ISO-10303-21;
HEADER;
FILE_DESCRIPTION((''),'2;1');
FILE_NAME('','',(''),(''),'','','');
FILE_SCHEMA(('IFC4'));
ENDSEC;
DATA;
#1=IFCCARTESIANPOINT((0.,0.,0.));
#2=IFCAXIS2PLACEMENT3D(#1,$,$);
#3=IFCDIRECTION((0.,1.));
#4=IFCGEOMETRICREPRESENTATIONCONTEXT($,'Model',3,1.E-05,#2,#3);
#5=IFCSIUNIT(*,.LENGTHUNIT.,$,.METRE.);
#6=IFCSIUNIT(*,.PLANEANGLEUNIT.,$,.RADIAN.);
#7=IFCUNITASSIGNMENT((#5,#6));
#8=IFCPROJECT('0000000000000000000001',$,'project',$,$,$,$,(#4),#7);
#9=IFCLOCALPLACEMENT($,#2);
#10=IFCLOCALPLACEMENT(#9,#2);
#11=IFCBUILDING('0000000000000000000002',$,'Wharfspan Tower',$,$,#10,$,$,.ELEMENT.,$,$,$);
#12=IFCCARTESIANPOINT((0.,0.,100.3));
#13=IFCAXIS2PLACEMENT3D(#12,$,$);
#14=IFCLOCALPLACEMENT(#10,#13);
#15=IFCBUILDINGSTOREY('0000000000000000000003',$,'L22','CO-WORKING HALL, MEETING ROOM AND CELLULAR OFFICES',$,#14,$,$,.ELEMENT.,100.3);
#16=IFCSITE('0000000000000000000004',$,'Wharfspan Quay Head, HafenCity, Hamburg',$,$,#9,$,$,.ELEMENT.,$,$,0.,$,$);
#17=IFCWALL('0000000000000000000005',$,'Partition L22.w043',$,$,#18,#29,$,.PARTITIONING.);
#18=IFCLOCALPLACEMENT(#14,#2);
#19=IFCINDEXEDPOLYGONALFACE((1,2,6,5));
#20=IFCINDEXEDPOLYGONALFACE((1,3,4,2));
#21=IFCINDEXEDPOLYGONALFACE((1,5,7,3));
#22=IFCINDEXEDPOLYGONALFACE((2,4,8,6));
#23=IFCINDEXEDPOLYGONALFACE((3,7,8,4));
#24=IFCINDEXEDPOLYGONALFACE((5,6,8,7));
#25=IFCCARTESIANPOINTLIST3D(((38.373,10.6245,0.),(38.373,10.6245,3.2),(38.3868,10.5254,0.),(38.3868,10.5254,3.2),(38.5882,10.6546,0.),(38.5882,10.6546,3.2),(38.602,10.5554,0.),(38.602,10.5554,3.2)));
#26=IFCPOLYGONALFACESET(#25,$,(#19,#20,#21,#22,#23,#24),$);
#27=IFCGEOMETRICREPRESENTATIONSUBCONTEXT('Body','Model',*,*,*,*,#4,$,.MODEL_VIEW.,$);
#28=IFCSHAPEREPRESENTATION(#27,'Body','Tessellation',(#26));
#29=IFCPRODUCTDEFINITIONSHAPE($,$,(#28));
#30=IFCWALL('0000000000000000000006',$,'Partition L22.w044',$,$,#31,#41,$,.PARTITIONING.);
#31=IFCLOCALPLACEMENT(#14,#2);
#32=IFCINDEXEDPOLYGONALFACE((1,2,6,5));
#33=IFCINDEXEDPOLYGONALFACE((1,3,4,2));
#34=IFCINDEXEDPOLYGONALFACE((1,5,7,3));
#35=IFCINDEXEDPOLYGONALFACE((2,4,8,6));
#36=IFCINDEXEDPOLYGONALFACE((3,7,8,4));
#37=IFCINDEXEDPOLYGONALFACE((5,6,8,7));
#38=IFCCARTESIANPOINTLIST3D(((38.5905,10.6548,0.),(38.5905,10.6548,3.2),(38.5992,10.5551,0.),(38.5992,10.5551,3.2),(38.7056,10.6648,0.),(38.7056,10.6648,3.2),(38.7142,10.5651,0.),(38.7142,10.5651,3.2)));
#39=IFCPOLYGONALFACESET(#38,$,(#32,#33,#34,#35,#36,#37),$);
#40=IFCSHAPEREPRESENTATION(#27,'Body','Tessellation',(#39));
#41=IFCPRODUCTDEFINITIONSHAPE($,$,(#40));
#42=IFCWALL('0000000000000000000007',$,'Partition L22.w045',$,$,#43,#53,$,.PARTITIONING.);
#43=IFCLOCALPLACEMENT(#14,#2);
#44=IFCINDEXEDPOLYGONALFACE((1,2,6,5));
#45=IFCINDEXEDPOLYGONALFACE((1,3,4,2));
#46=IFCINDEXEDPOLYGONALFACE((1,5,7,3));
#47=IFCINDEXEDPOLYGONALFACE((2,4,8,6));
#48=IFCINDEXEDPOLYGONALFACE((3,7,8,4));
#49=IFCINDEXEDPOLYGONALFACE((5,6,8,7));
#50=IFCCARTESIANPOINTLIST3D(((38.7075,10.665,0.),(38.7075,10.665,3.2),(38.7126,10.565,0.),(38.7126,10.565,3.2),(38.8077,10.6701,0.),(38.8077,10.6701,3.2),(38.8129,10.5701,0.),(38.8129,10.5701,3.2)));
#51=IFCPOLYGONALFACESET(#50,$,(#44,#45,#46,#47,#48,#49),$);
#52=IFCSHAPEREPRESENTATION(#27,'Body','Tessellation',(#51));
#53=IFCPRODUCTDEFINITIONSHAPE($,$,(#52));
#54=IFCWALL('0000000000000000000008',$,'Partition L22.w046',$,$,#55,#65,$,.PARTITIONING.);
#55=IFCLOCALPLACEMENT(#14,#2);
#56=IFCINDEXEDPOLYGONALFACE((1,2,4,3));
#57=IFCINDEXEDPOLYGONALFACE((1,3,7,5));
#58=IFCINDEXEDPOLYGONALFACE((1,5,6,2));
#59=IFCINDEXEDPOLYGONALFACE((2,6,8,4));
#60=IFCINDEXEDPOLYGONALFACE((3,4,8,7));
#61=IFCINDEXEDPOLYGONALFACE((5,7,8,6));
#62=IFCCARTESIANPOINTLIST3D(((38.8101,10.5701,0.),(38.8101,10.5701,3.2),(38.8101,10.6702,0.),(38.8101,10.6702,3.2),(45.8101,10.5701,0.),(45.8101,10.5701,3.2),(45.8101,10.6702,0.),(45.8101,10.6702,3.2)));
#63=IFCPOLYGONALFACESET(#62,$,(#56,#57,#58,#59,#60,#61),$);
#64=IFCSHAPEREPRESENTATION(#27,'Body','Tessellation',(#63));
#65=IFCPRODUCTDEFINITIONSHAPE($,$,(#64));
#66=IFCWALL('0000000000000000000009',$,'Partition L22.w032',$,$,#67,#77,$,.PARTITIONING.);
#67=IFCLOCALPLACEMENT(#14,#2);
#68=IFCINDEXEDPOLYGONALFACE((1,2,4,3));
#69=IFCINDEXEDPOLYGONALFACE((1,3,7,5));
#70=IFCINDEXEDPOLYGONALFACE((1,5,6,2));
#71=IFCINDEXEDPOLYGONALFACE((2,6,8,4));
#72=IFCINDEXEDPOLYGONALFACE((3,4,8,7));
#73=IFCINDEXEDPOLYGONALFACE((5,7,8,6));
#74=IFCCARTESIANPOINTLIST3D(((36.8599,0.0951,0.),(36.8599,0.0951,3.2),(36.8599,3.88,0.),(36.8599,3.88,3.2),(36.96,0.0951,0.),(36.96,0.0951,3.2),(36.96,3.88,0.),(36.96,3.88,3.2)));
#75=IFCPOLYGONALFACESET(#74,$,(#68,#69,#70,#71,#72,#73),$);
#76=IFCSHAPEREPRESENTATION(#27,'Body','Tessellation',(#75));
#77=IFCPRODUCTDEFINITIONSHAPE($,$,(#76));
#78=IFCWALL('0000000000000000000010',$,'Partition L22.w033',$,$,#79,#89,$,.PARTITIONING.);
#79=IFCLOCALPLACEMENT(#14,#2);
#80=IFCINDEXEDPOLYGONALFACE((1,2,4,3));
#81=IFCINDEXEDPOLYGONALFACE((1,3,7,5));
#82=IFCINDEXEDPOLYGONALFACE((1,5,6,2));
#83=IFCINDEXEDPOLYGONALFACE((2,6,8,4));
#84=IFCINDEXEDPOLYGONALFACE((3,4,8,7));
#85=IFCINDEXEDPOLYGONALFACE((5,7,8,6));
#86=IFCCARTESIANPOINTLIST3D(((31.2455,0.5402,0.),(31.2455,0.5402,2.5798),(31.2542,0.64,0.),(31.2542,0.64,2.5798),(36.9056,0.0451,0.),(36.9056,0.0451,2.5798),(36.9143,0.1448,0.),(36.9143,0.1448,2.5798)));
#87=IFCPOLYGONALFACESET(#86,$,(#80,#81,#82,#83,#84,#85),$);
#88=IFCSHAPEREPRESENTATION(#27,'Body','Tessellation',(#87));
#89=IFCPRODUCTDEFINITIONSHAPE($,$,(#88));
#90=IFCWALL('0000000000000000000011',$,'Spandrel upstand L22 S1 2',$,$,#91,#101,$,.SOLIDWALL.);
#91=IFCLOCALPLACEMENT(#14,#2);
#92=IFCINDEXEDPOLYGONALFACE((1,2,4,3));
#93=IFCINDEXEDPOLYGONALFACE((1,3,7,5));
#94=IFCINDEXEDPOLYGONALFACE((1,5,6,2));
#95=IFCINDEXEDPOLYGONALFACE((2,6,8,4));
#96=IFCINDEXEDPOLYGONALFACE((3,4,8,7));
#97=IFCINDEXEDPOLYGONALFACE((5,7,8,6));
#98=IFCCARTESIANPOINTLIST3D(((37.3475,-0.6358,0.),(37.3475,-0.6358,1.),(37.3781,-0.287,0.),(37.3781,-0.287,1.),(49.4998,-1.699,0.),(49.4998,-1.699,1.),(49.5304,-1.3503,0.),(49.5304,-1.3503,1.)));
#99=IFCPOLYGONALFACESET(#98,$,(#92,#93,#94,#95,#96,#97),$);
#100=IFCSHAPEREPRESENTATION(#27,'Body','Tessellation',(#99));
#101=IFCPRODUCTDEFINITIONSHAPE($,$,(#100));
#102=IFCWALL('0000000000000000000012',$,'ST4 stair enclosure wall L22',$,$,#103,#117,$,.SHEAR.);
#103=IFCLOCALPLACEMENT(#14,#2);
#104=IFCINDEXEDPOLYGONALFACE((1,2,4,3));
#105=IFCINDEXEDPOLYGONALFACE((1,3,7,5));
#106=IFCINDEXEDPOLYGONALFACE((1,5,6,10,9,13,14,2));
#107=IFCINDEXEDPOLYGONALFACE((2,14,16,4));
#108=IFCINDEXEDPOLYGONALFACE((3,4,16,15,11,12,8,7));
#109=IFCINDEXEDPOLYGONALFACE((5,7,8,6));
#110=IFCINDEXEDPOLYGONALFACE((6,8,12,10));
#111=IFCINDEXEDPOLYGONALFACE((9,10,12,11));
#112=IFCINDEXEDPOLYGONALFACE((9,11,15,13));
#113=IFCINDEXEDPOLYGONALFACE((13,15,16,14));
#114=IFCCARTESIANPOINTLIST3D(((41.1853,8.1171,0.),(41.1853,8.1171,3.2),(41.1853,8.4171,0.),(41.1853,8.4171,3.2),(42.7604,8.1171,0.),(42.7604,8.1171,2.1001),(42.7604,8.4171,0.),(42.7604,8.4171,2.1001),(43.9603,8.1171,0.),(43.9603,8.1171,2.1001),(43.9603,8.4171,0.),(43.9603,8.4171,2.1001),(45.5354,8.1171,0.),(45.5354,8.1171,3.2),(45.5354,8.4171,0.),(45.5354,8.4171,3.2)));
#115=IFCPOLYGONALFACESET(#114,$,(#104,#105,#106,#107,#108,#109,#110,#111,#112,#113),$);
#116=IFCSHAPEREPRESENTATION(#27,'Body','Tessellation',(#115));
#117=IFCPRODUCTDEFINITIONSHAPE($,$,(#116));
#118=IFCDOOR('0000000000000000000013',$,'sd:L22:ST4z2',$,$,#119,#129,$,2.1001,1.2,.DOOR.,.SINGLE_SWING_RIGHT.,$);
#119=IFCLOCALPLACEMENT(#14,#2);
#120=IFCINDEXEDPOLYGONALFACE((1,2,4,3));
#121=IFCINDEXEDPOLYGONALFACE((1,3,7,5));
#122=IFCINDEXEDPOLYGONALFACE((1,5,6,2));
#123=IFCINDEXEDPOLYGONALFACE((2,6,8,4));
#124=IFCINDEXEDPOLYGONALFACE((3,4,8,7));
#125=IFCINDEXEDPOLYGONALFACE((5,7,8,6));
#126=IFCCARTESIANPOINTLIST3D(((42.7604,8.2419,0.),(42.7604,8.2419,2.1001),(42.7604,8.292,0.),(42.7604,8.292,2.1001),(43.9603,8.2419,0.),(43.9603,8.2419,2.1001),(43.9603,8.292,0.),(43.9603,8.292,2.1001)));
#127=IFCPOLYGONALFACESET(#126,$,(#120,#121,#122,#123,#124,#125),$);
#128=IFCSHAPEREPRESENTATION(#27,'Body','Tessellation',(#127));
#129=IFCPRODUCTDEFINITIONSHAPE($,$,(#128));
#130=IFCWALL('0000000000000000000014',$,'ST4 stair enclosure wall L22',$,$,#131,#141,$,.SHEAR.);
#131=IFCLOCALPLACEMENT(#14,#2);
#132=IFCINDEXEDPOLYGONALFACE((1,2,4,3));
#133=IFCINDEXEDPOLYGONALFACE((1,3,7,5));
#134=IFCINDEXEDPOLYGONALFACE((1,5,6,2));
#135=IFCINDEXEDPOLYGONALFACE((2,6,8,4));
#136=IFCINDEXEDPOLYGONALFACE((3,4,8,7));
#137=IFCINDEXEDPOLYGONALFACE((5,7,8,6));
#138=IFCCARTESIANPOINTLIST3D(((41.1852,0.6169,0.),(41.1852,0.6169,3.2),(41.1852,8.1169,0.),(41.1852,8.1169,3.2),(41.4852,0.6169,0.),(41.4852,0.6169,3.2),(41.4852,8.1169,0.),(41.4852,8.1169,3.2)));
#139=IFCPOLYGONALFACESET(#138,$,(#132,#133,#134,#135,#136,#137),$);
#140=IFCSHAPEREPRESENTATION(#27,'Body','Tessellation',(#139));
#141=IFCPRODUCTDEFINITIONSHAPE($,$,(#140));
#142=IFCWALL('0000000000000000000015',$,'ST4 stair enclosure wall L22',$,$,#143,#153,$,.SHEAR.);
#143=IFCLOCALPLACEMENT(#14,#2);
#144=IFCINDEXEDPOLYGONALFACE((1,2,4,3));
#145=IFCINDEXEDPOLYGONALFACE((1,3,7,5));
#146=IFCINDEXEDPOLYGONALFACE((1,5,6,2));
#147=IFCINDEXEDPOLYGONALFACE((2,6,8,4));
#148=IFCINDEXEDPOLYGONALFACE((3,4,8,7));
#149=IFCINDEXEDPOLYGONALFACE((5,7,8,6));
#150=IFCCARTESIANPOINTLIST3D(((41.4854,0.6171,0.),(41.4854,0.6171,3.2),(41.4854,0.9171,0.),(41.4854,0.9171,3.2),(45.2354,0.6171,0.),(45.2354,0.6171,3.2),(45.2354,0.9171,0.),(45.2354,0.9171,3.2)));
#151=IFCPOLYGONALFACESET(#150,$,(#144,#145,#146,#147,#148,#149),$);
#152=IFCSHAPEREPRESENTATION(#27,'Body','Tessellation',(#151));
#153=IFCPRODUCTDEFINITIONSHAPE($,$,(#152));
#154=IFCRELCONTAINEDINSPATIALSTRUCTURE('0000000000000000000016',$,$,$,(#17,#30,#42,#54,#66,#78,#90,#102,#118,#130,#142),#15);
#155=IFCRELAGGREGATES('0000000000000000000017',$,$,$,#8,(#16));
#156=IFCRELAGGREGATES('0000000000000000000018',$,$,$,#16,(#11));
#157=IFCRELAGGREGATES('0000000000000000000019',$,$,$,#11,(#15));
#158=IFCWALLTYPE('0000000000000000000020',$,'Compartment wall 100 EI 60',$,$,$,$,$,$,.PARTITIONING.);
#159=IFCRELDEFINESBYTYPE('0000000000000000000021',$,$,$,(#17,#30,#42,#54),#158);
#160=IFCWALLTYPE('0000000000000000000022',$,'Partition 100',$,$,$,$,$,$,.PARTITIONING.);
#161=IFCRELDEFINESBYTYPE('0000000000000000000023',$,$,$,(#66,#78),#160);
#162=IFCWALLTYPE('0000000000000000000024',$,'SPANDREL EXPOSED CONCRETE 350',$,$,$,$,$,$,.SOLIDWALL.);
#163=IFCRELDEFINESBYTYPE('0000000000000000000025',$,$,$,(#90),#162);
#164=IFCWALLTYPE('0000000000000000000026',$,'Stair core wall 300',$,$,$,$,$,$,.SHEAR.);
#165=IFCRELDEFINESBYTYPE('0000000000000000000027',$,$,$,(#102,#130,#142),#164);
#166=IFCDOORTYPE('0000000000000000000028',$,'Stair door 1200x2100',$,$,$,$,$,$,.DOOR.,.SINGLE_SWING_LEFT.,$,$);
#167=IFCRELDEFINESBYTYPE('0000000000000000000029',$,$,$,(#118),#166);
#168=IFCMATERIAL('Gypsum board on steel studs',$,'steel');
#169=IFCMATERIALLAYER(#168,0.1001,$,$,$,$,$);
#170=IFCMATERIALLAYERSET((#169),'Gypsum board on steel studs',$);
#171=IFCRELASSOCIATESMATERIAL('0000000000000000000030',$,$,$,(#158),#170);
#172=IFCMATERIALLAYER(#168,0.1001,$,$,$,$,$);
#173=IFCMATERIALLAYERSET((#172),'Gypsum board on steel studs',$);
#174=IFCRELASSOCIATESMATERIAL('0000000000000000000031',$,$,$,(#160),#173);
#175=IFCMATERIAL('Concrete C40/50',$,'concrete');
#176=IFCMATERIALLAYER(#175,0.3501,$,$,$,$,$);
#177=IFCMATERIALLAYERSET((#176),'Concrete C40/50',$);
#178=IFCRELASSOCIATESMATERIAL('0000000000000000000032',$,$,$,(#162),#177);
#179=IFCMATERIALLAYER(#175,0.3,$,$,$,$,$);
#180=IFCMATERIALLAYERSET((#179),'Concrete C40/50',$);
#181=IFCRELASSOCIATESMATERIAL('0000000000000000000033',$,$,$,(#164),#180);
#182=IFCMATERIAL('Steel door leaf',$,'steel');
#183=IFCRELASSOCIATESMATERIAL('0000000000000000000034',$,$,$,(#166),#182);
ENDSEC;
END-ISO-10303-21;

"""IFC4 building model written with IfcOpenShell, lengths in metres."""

from ifc_helpers import new_model, si_unit, direction, frame, frame_2d, origin, place, context, subcontext, project, spatial, rectangle, extrude, material, layer, layer_set, type_object, element, fill, save


model = new_model("IFC4")

# Units and contexts
model_context = context("Model", 3, precision=1e-05, world=origin(), true_north=direction((0.0, 1.0)))
body_context = subcontext(model_context, "Body", "Model", "MODEL_VIEW")
ifc_project = project(units=[si_unit("LENGTHUNIT", "METRE"), si_unit("PLANEANGLEUNIT", "RADIAN")], contexts=[model_context])

# Site, building, storey
site_placement = place(None, origin())
site = spatial("IfcSite", under=ifc_project, at=site_placement, Name="Wharfspan Quay Head, HafenCity, Hamburg", CompositionType="ELEMENT", RefElevation=0.0)
building_placement = place(site_placement, origin())
building = spatial("IfcBuilding", under=site, at=building_placement, Name="Wharfspan Tower", CompositionType="ELEMENT")
storey_placement = place(building_placement, frame((0.0, 0.0, 100.3)))
storey = spatial("IfcBuildingStorey", under=building, at=storey_placement, Name="L22", Description="CO-WORKING HALL, MEETING ROOM AND CELLULAR OFFICES", CompositionType="ELEMENT", Elevation=100.3)

# Walls
ifc_material_1 = material(Name="Gypsum board on steel studs", Category="steel")
ifc_layer_1 = layer(ifc_material_1, 0.1001)
ifc_layer_set_1 = layer_set([ifc_layer_1], Name="Gypsum board on steel studs")
wall_type_1 = type_object("IfcWallType", Name="Compartment wall 100 EI 60", PredefinedType="PARTITIONING", material=ifc_layer_set_1)
wall_1_placement = place(storey_placement, frame((38.3799, 10.575, 0.0), z_axis=(0.0, 0.0, 1.0), x_axis=(0.990394, 0.138273, 0.0)))
element("IfcWall", 1, at=wall_1_placement, inside=storey, type_object=wall_type_1, Name="Partition L22.w043", PredefinedType="PARTITIONING", context=body_context, shape_type="SweptSolid", body=[
    extrude(rectangle(XDim=0.2173, YDim=0.1001, at=frame_2d((0.1086, 0.0))), origin(), (0.0, 0.0, 1.0), 3.2),
])
wall_2_placement = place(storey_placement, frame((38.595, 10.605, 0.0), z_axis=(0.0, 0.0, 1.0), x_axis=(0.996234, 0.086721, 0.0)))
element("IfcWall", 2, at=wall_2_placement, inside=storey, type_object=wall_type_1, Name="Partition L22.w044", PredefinedType="PARTITIONING", context=body_context, shape_type="SweptSolid", body=[
    extrude(rectangle(XDim=0.1155, YDim=0.1001, at=frame_2d((0.0576, 0.0))), origin(), (0.0, 0.0, 1.0), 3.2),
])
wall_3_placement = place(storey_placement, frame((38.71, 10.615, 0.0), z_axis=(0.0, 0.0, 1.0), x_axis=(0.998687, 0.051152, 0.0)))
element("IfcWall", 3, at=wall_3_placement, inside=storey, type_object=wall_type_1, Name="Partition L22.w045", PredefinedType="PARTITIONING", context=body_context, shape_type="SweptSolid", body=[
    extrude(rectangle(XDim=0.1003, YDim=0.1001, at=frame_2d((0.0503, 0.0))), origin(), (0.0, 0.0, 1.0), 3.2),
])
wall_4_placement = place(storey_placement, frame((38.8101, 10.6201, 0.0), z_axis=(0.0, 0.0, 1.0), x_axis=(1.0, 0.0, 0.0)))
element("IfcWall", 4, at=wall_4_placement, inside=storey, type_object=wall_type_1, Name="Partition L22.w046", PredefinedType="PARTITIONING", context=body_context, shape_type="SweptSolid", body=[
    extrude(rectangle(XDim=7.0, YDim=0.1001, at=frame_2d((3.5, 0.0))), origin(), (0.0, 0.0, 1.0), 3.2),
])
ifc_layer_2 = layer(ifc_material_1, 0.1001)
ifc_layer_set_2 = layer_set([ifc_layer_2], Name="Gypsum board on steel studs")
wall_type_2 = type_object("IfcWallType", Name="Partition 100", PredefinedType="PARTITIONING", material=ifc_layer_set_2)
wall_5_placement = place(storey_placement, frame((36.9099, 0.095, 0.0), z_axis=(0.0, 0.0, 1.0), x_axis=(0.0, 1.0, 0.0)))
element("IfcWall", 5, at=wall_5_placement, inside=storey, type_object=wall_type_2, Name="Partition L22.w032", PredefinedType="PARTITIONING", context=body_context, shape_type="SweptSolid", body=[
    extrude(rectangle(XDim=3.7849, YDim=0.1001, at=frame_2d((1.8926, 0.0))), origin(), (0.0, 0.0, 1.0), 3.2),
])
wall_6_placement = place(storey_placement, frame((36.9099, 0.095, 0.0), z_axis=(0.0, 0.0, 1.0), x_axis=(-0.996195, 0.087145, 0.0)))
element("IfcWall", 6, at=wall_6_placement, inside=storey, type_object=wall_type_2, Name="Partition L22.w033", PredefinedType="PARTITIONING", context=body_context, shape_type="SweptSolid", body=[
    extrude(rectangle(XDim=5.6816, YDim=0.1001, at=frame_2d((2.8408, 0.0))), origin(), (0.0, 0.0, 1.0), 2.5798),
])
ifc_material_2 = material(Name="Concrete C40/50", Category="concrete")
ifc_layer_3 = layer(ifc_material_2, 0.3501)
ifc_layer_set_3 = layer_set([ifc_layer_3], Name="Concrete C40/50")
wall_type_3 = type_object("IfcWallType", Name="SPANDREL EXPOSED CONCRETE 350", PredefinedType="SOLIDWALL", material=ifc_layer_set_3)
wall_7_placement = place(storey_placement, frame((37.3628, -0.4614, 0.0), z_axis=(0.0, 0.0, 1.0), x_axis=(0.996194, -0.087159, 0.0)))
element("IfcWall", 7, at=wall_7_placement, inside=storey, type_object=wall_type_3, Name="Spandrel upstand L22 S1 2", PredefinedType="SOLIDWALL", context=body_context, shape_type="SweptSolid", body=[
    extrude(rectangle(XDim=12.1987, YDim=0.3501, at=frame_2d((6.0994, 0.0))), origin(), (0.0, 0.0, 1.0), 1.0),
])

# Wall, opening, door
ifc_layer_4 = layer(ifc_material_2, 0.3)
ifc_layer_set_4 = layer_set([ifc_layer_4], Name="Concrete C40/50")
wall_type_4 = type_object("IfcWallType", Name="Stair core wall 300", PredefinedType="SHEAR", material=ifc_layer_set_4)
wall_8_placement = place(storey_placement, frame((41.1853, 8.2671, 0.0), z_axis=(0.0, 0.0, 1.0), x_axis=(1.0, 0.0, 0.0)))
wall_8 = element("IfcWall", 8, at=wall_8_placement, inside=storey, type_object=wall_type_4, Name="ST4 stair enclosure wall L22", PredefinedType="SHEAR", context=body_context, shape_type="SweptSolid", body=[
    extrude(rectangle(XDim=4.3501, YDim=0.3, at=frame_2d((2.175, 0.0))), origin(), (0.0, 0.0, 1.0), 3.2),
])
opening_placement = place(wall_8_placement, frame((1.575, 0.0, 0.0)))
opening = element("IfcOpeningElement", 9, at=opening_placement, cuts=wall_8, PredefinedType="OPENING", context=body_context, shape_type="SweptSolid", body=[
    extrude(rectangle(XDim=1.2, YDim=2.1001, at=frame_2d((0.6001, 1.05))), frame((0.0, 0.1599, 0.0), z_axis=(0.0, -1.0, 0.0), x_axis=(1.0, 0.0, 0.0)), (0.0, 0.0, 1.0), 0.3201),
])
ifc_material_3 = material(Name="Steel door leaf", Category="steel")
door_type = type_object("IfcDoorType", Name="Stair door 1200x2100", OperationType="SINGLE_SWING_LEFT", PredefinedType="DOOR", material=ifc_material_3)
door_placement = place(opening_placement, origin())
door = element("IfcDoor", 10, at=door_placement, inside=storey, type_object=door_type, Name="sd:L22:ST4z2", OperationType="SINGLE_SWING_RIGHT", OverallHeight=2.1001, OverallWidth=1.2, PredefinedType="DOOR", context=body_context, shape_type="SweptSolid", body=[
    extrude(rectangle(XDim=1.2, YDim=2.1001, at=frame_2d((0.6001, 1.05))), frame((0.0, 0.0249, 0.0), z_axis=(0.0, -1.0, 0.0), x_axis=(1.0, 0.0, 0.0)), (0.0, 0.0, 1.0), 0.05),
])
fill(opening, door)

# Walls
wall_9_placement = place(storey_placement, frame((41.3352, 0.6169, 0.0), z_axis=(0.0, 0.0, 1.0), x_axis=(0.0, 1.0, 0.0)))
element("IfcWall", 11, at=wall_9_placement, inside=storey, type_object=wall_type_4, Name="ST4 stair enclosure wall L22", PredefinedType="SHEAR", context=body_context, shape_type="SweptSolid", body=[
    extrude(rectangle(XDim=7.5, YDim=0.3, at=frame_2d((3.75, 0.0))), origin(), (0.0, 0.0, 1.0), 3.2),
])
wall_10_placement = place(storey_placement, frame((41.4854, 0.7671, 0.0), z_axis=(0.0, 0.0, 1.0), x_axis=(1.0, 0.0, 0.0)))
element("IfcWall", 12, at=wall_10_placement, inside=storey, type_object=wall_type_4, Name="ST4 stair enclosure wall L22", PredefinedType="SHEAR", context=body_context, shape_type="SweptSolid", body=[
    extrude(rectangle(XDim=3.75, YDim=0.3, at=frame_2d((1.875, 0.0))), origin(), (0.0, 0.0, 1.0), 3.2),
])

save(model, "model.ifc")
